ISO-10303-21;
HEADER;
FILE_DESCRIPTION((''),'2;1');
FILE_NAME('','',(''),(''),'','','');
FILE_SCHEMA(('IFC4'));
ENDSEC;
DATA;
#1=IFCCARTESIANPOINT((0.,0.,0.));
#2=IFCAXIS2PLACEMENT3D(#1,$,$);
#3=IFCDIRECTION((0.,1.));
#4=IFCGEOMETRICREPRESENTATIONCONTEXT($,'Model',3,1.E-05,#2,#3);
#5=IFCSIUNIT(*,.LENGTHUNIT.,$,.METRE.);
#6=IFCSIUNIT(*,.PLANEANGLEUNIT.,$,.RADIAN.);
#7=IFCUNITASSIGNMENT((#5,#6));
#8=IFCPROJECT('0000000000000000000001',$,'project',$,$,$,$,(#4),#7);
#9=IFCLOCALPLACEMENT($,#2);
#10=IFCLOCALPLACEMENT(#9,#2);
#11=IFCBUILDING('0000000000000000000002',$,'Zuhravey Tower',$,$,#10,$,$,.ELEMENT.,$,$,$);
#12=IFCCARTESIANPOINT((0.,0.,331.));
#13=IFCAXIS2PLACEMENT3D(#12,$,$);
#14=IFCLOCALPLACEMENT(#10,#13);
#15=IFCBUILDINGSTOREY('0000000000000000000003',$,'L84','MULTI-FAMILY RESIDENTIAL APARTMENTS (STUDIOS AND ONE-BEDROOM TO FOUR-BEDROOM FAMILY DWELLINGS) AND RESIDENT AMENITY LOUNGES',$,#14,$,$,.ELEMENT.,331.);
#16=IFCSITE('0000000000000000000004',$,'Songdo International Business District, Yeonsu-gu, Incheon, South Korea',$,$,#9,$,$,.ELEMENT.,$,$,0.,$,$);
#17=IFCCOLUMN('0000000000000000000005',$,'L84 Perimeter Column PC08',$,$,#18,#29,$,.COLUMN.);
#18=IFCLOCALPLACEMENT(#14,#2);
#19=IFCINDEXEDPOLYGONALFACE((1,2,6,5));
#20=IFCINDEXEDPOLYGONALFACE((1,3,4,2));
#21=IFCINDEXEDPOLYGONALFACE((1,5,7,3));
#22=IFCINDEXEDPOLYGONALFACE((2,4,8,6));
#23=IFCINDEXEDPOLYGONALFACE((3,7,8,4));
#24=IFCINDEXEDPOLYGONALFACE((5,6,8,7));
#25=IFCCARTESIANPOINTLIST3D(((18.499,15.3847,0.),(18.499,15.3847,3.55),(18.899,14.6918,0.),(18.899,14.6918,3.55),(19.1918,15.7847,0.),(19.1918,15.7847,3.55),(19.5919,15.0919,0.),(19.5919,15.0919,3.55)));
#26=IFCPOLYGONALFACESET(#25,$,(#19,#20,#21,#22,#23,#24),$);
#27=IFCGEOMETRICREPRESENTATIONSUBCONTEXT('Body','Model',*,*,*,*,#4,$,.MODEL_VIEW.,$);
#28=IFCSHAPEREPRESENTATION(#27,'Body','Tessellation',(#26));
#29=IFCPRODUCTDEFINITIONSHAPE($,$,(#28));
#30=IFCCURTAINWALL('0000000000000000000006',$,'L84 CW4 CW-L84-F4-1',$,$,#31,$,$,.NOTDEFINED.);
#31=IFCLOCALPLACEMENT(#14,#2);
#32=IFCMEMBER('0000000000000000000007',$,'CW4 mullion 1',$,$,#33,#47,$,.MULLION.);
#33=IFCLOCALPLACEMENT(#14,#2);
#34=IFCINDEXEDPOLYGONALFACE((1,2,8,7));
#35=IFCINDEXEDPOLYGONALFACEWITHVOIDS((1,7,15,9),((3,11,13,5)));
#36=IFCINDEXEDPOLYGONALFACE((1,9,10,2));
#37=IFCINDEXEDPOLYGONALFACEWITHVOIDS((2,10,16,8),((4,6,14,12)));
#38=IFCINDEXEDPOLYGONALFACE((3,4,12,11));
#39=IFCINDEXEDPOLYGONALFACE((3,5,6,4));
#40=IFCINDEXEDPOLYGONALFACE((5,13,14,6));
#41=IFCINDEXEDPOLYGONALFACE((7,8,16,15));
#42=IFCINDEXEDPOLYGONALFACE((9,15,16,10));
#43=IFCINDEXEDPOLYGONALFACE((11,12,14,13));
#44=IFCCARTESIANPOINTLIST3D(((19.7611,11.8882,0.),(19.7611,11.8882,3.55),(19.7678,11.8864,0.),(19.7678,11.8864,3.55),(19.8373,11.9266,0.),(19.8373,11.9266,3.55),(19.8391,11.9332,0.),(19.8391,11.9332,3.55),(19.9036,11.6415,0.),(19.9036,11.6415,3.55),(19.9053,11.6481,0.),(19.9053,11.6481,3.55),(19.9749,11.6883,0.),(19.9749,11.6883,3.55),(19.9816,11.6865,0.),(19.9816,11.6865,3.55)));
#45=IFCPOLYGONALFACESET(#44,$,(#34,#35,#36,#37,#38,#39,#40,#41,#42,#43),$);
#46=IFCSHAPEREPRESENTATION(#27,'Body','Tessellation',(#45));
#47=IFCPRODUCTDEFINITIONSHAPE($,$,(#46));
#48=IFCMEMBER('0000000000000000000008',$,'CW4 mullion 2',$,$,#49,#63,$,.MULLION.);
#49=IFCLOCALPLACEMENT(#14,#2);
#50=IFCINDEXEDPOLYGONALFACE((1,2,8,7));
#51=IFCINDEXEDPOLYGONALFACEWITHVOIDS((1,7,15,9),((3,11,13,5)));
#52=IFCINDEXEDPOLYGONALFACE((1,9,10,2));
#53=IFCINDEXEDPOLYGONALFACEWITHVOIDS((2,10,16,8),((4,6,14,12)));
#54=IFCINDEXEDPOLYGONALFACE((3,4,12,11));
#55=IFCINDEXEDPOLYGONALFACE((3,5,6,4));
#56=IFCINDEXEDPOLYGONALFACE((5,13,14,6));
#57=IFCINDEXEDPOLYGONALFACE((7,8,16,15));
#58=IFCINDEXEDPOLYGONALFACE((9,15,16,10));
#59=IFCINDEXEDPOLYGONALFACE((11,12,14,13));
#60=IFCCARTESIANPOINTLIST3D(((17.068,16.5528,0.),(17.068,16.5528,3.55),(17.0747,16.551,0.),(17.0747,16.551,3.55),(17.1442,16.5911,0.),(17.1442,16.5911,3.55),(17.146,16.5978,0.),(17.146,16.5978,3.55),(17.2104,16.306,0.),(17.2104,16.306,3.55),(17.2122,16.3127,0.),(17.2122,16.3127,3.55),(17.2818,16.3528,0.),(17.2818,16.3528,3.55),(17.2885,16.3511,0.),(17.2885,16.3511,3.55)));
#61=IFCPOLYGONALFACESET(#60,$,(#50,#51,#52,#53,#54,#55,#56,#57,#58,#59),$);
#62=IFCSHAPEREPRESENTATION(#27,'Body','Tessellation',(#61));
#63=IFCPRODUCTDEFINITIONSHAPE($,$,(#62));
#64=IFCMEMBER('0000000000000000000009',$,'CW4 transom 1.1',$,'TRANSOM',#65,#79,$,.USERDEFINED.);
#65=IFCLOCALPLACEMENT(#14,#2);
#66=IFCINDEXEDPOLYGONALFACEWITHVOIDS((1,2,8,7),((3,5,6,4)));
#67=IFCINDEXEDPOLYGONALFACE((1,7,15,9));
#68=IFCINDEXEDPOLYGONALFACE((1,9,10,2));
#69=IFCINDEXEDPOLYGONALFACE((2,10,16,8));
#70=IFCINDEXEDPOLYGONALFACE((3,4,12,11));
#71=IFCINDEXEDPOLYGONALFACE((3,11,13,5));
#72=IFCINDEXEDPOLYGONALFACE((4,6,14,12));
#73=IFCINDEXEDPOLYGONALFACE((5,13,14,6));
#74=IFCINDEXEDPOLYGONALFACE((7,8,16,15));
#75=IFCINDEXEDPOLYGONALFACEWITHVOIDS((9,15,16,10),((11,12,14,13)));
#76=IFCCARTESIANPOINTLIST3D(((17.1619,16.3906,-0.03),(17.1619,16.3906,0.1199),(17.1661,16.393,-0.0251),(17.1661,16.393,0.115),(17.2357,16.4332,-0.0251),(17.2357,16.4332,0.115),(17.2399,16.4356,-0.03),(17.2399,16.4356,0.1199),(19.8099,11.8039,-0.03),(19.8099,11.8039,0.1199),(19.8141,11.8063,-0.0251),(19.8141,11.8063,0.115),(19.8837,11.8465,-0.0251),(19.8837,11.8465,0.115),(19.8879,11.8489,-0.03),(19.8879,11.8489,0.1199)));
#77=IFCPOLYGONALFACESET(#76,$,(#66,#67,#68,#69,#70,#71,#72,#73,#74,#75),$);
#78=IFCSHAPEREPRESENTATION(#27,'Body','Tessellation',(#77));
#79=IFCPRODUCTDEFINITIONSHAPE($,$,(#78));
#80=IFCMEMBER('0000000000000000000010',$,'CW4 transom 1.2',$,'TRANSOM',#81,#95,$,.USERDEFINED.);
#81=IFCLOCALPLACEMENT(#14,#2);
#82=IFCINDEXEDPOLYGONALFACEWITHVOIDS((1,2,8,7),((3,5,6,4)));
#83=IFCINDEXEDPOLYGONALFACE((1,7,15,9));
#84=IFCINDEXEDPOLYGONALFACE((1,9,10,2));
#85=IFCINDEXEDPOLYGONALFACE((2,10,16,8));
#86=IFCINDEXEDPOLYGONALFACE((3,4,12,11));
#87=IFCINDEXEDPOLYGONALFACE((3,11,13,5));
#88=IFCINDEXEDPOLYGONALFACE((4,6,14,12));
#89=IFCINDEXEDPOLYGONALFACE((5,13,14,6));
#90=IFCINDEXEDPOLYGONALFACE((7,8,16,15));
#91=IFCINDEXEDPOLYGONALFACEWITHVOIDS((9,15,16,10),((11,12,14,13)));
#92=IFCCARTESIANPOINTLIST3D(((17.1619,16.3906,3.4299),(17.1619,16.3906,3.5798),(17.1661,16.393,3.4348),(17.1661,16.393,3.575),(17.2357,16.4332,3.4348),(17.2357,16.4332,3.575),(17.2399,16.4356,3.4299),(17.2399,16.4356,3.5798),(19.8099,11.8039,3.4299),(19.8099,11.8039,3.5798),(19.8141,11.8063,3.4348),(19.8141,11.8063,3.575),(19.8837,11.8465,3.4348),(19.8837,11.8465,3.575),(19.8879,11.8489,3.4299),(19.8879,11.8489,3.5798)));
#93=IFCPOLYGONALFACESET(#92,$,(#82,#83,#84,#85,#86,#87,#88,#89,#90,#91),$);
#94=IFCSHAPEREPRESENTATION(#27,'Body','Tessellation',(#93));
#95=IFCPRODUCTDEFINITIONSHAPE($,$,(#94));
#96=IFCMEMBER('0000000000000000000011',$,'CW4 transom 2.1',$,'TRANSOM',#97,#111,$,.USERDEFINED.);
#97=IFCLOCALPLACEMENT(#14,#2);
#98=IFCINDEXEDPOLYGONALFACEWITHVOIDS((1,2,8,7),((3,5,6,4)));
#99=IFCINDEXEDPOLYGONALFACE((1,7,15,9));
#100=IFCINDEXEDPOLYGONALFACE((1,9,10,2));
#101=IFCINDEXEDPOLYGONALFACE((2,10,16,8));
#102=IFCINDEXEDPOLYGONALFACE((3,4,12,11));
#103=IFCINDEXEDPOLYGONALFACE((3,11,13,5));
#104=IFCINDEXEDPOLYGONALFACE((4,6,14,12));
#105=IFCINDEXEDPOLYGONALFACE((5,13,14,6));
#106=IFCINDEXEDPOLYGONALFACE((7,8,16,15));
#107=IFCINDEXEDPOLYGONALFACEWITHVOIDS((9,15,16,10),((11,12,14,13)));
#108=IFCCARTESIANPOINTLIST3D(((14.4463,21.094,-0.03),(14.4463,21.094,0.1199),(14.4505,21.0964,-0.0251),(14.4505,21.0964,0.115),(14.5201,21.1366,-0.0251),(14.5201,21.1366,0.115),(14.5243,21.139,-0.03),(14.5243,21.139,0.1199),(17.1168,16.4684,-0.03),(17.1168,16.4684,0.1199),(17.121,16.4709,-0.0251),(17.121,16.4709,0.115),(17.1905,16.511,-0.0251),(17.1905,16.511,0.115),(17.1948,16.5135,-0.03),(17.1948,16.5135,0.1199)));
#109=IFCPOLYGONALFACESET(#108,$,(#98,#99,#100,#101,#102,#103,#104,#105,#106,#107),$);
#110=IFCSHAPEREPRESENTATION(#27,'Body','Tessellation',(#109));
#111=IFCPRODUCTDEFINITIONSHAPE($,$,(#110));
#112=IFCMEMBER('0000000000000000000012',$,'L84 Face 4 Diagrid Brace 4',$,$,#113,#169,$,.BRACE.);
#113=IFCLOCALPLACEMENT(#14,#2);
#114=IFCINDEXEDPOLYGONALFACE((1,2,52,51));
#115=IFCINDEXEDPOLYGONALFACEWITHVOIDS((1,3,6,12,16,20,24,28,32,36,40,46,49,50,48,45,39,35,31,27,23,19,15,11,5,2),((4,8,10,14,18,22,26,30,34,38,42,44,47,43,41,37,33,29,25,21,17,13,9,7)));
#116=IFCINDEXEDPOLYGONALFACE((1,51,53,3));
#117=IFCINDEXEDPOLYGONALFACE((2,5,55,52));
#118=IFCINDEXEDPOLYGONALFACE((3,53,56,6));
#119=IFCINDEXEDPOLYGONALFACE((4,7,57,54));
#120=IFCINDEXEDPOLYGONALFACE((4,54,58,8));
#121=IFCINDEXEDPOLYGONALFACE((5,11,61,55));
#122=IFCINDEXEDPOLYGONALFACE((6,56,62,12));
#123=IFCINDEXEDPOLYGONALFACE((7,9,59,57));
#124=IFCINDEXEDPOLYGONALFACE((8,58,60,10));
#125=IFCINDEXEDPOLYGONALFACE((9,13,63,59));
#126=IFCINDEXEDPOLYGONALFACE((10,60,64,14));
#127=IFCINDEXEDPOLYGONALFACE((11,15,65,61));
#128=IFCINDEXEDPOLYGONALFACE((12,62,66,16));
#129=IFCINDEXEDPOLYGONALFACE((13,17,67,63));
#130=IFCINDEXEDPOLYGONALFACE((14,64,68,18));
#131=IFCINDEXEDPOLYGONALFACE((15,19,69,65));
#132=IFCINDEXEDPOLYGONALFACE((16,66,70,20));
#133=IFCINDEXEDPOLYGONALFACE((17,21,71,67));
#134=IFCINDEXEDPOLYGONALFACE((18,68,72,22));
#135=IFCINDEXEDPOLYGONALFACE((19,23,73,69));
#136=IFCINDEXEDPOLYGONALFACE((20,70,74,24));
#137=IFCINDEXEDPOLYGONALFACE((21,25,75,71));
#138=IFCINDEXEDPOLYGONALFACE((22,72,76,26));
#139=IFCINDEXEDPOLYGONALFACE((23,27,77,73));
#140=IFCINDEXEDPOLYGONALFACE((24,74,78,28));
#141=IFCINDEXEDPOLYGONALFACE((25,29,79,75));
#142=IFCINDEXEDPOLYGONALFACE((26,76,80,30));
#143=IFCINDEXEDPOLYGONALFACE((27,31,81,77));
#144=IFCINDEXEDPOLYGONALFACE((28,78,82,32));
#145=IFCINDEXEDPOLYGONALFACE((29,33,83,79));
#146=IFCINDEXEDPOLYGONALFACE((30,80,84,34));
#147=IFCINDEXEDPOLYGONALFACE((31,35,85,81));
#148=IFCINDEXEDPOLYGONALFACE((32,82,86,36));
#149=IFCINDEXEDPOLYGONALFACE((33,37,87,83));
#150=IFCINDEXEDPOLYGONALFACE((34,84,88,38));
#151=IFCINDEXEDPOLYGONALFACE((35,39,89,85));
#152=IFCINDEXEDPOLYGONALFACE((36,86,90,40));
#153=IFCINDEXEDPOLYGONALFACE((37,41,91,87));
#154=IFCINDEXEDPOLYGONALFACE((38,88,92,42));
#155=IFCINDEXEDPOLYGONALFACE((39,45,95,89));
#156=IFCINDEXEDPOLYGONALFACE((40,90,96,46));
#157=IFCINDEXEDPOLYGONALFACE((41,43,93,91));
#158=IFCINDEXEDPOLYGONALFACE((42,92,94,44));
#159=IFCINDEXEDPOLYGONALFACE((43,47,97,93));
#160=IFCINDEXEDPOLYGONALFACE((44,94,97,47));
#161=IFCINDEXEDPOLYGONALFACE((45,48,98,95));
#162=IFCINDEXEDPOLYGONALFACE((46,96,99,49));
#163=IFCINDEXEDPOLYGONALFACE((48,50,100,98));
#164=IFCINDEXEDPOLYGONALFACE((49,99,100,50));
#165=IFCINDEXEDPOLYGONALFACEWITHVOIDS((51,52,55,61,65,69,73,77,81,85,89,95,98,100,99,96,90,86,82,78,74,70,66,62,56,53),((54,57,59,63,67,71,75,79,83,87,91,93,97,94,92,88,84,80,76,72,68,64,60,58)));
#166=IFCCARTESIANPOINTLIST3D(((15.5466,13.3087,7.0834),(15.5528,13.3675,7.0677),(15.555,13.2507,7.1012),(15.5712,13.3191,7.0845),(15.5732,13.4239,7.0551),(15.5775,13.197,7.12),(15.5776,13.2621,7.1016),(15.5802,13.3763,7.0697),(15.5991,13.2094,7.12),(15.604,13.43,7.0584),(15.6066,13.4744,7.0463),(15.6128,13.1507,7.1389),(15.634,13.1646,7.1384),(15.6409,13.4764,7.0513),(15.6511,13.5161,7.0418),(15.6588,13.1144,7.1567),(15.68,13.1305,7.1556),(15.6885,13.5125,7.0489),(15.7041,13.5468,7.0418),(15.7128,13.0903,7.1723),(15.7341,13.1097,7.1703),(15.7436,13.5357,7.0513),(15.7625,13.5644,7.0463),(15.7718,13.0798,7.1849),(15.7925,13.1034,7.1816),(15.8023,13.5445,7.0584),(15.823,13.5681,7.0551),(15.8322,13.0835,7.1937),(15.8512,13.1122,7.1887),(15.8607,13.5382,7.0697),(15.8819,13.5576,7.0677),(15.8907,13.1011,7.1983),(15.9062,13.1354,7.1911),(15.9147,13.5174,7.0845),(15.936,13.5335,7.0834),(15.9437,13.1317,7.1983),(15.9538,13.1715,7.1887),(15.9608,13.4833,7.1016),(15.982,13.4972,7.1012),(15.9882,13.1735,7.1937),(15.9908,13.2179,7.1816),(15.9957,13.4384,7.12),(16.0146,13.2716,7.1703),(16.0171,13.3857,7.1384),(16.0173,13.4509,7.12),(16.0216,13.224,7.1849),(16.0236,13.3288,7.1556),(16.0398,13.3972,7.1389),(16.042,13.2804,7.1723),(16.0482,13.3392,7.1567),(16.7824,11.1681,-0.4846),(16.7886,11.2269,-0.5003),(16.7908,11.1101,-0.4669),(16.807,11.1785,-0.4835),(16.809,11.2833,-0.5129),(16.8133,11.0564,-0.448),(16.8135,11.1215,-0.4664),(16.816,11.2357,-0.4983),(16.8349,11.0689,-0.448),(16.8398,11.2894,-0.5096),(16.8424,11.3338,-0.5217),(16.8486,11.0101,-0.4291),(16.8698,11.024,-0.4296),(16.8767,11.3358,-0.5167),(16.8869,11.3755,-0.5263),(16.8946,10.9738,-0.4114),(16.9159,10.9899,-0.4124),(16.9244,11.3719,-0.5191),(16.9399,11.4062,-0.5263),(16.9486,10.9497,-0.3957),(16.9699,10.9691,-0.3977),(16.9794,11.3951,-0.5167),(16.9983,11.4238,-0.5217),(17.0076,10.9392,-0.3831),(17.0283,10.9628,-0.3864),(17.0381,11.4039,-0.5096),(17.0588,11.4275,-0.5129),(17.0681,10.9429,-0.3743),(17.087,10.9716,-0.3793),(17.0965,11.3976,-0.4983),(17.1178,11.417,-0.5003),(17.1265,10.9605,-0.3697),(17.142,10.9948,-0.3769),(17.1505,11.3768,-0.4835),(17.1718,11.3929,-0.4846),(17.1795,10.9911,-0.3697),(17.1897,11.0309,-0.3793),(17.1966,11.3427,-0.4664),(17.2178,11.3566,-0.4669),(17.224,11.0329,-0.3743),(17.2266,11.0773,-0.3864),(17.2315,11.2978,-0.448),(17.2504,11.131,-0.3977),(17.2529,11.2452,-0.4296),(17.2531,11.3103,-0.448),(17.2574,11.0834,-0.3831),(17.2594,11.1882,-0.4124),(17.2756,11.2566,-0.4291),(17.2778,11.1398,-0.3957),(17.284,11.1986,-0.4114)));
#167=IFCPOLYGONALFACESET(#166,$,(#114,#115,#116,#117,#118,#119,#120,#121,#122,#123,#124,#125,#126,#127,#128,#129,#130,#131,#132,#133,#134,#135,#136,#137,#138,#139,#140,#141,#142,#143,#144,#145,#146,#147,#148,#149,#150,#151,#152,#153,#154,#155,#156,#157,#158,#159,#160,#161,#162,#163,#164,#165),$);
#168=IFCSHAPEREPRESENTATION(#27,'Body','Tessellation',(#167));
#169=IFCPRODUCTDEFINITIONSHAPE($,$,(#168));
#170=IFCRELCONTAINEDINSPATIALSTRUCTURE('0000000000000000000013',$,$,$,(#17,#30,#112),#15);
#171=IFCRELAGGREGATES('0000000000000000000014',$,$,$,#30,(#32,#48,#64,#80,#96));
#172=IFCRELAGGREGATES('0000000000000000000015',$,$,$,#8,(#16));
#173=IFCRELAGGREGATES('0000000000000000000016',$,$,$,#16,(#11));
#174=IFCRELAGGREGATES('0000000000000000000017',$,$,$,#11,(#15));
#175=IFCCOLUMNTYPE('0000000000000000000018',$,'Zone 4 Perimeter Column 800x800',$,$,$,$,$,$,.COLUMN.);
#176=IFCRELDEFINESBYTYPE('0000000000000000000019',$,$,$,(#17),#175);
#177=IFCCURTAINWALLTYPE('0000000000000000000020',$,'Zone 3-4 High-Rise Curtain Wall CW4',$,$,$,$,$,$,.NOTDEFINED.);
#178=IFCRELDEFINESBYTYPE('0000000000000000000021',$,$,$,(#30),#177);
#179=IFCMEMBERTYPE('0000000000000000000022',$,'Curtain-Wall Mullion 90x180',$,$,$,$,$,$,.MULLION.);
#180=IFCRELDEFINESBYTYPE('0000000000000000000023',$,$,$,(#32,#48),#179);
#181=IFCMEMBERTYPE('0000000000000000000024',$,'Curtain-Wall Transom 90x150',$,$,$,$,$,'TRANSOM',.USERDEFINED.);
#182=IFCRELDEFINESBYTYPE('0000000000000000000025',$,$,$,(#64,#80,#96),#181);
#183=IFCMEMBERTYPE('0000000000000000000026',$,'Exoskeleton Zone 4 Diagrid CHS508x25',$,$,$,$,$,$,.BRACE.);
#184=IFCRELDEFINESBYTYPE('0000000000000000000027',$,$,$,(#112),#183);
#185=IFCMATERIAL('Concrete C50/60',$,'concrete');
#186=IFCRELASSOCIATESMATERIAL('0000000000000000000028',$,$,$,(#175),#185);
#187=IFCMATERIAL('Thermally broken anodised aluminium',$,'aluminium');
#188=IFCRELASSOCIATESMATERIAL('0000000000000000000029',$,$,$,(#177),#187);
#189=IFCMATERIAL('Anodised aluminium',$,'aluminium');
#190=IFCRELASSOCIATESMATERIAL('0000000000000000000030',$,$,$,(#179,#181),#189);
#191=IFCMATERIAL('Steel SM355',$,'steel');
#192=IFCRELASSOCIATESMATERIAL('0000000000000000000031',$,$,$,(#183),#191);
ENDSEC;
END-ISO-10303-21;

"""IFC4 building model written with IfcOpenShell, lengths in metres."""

from ifc_helpers import new_model, si_unit, direction, frame, origin, origin_2d, place, context, subcontext, project, spatial, rectangle, hollow_rectangle, hollow_circle, extrude, material, material_profile, profile_set, type_object, element, aggregate, save


model = new_model("IFC4")

# Units and contexts
model_context = context("Model", 3, precision=1e-05, world=origin(), true_north=direction((0.0, 1.0)))
body_context = subcontext(model_context, "Body", "Model", "MODEL_VIEW")
ifc_project = project(units=[si_unit("LENGTHUNIT", "METRE"), si_unit("PLANEANGLEUNIT", "RADIAN")], contexts=[model_context])

# Site, building, storey
site_placement = place(None, origin())
site = spatial("IfcSite", under=ifc_project, at=site_placement, Name="Songdo International Business District, Yeonsu-gu, Incheon, South Korea", CompositionType="ELEMENT", RefElevation=0.0)
building_placement = place(site_placement, origin())
building = spatial("IfcBuilding", under=site, at=building_placement, Name="Zuhravey Tower", CompositionType="ELEMENT")
storey_placement = place(building_placement, frame((0.0, 0.0, 331.0)))
storey = spatial("IfcBuildingStorey", under=building, at=storey_placement, Name="L84", Description="MULTI-FAMILY RESIDENTIAL APARTMENTS (STUDIOS AND ONE-BEDROOM TO FOUR-BEDROOM FAMILY DWELLINGS) AND RESIDENT AMENITY LOUNGES", CompositionType="ELEMENT", Elevation=331.0)

# Column
ifc_material_1 = material(Name="Concrete C50/60", Category="concrete")
ifc_material_profile_1 = material_profile(ifc_material_1, rectangle(XDim=0.8, YDim=0.8, at=origin_2d()), Name="RC-800x800")
ifc_profile_set_1 = profile_set([ifc_material_profile_1], Name="Concrete C50/60")
column_type = type_object("IfcColumnType", Name="Zone 4 Perimeter Column 800x800", PredefinedType="COLUMN", material=ifc_profile_set_1)
column_placement = place(storey_placement, frame((19.0454, 15.2383, 0.0), z_axis=(0.0, 0.0, 1.0), x_axis=(0.5, -0.866025, 0.0)))
element("IfcColumn", 1, at=column_placement, inside=storey, type_object=column_type, Name="L84 Perimeter Column PC08", PredefinedType="COLUMN", context=body_context, shape_type="SweptSolid", body=[
    extrude(rectangle(XDim=0.8, YDim=0.8, at=origin_2d()), origin(), (0.0, 0.0, 1.0), 3.55),
])

# Curtain wall, members
ifc_material_2 = material(Name="Thermally broken anodised aluminium", Category="aluminium")
curtain_wall_type = type_object("IfcCurtainWallType", Name="Zone 3-4 High-Rise Curtain Wall CW4", PredefinedType="NOTDEFINED", material=ifc_material_2)
curtain_wall_placement = place(storey_placement, origin())
curtain_wall = element("IfcCurtainWall", 2, at=curtain_wall_placement, inside=storey, type_object=curtain_wall_type, Name="L84 CW4 CW-L84-F4-1", PredefinedType="NOTDEFINED")
ifc_material_3 = material(Name="Anodised aluminium", Category="aluminium")
ifc_material_profile_2 = material_profile(ifc_material_3, hollow_rectangle(XDim=0.0901, YDim=0.2849, WallThickness=0.0049, at=origin_2d()), Name="ALU-RHS-90x285x5")
ifc_profile_set_2 = profile_set([ifc_material_profile_2], Name="Anodised aluminium")
member_type_1 = type_object("IfcMemberType", Name="Curtain-Wall Mullion 90x180", PredefinedType="MULLION", material=ifc_profile_set_2)
member_1_placement = place(storey_placement, frame((19.8713, 11.7874, 0.0), z_axis=(0.0, 0.0, 1.0), x_axis=(-0.866025, -0.500001, 0.0)))
member_1 = element("IfcMember", 3, at=member_1_placement, type_object=member_type_1, Name="CW4 mullion 1", PredefinedType="MULLION", context=body_context, shape_type="SweptSolid", body=[
    extrude(hollow_rectangle(XDim=0.0901, YDim=0.2849, WallThickness=0.0049, at=origin_2d()), origin(), (0.0, 0.0, 1.0), 3.55),
])
member_2_placement = place(storey_placement, frame((17.1782, 16.4519, 0.0), z_axis=(0.0, 0.0, 1.0), x_axis=(-0.866025, -0.500001, 0.0)))
member_2 = element("IfcMember", 4, at=member_2_placement, type_object=member_type_1, Name="CW4 mullion 2", PredefinedType="MULLION", context=body_context, shape_type="SweptSolid", body=[
    extrude(hollow_rectangle(XDim=0.0901, YDim=0.2849, WallThickness=0.0049, at=origin_2d()), origin(), (0.0, 0.0, 1.0), 3.55),
])
ifc_material_profile_3 = material_profile(ifc_material_3, hollow_rectangle(XDim=0.0901, YDim=0.1499, WallThickness=0.0049, at=origin_2d()), Name="ALU-RHS-90x150x5")
ifc_profile_set_3 = profile_set([ifc_material_profile_3], Name="Anodised aluminium")
member_type_2 = type_object("IfcMemberType", Name="Curtain-Wall Transom 90x150", ElementType="TRANSOM", PredefinedType="USERDEFINED", material=ifc_profile_set_3)
member_3_placement = place(storey_placement, frame((19.8489, 11.8264, 0.0449), z_axis=(-0.499977, 0.866039, 0.0), x_axis=(-0.866039, -0.499977, 0.0)))
member_3 = element("IfcMember", 5, at=member_3_placement, type_object=member_type_2, Name="CW4 transom 1.1", ObjectType="TRANSOM", PredefinedType="USERDEFINED", context=body_context, shape_type="SweptSolid", body=[
    extrude(hollow_rectangle(XDim=0.0901, YDim=0.1499, WallThickness=0.0049, at=origin_2d()), origin(), (0.0, 0.0, 1.0), 5.2961),
])
member_4_placement = place(storey_placement, frame((19.8489, 11.8264, 3.5049), z_axis=(-0.499977, 0.866039, 0.0), x_axis=(-0.866039, -0.499977, 0.0)))
member_4 = element("IfcMember", 6, at=member_4_placement, type_object=member_type_2, Name="CW4 transom 1.2", ObjectType="TRANSOM", PredefinedType="USERDEFINED", context=body_context, shape_type="SweptSolid", body=[
    extrude(hollow_rectangle(XDim=0.0901, YDim=0.1499, WallThickness=0.0049, at=origin_2d()), origin(), (0.0, 0.0, 1.0), 5.2961),
])
member_5_placement = place(storey_placement, frame((17.1558, 16.491, 0.0449), z_axis=(-0.499984, 0.866035, 0.0), x_axis=(-0.866035, -0.499984, 0.0)))
member_5 = element("IfcMember", 7, at=member_5_placement, type_object=member_type_2, Name="CW4 transom 2.1", ObjectType="TRANSOM", PredefinedType="USERDEFINED", context=body_context, shape_type="SweptSolid", body=[
    extrude(hollow_rectangle(XDim=0.0901, YDim=0.1499, WallThickness=0.0049, at=origin_2d()), origin(), (0.0, 0.0, 1.0), 5.3411),
])

# Member
ifc_material_4 = material(Name="Steel SM355", Category="steel")
ifc_material_profile_4 = material_profile(ifc_material_4, hollow_circle(Radius=0.2539, WallThickness=0.0249, at=origin_2d()), Name="CHS-508.0x25")
ifc_profile_set_4 = profile_set([ifc_material_profile_4], Name="Steel SM355")
member_type_3 = type_object("IfcMemberType", Name="Exoskeleton Zone 4 Diagrid CHS508x25", PredefinedType="BRACE", material=ifc_profile_set_4)
member_6_placement = place(storey_placement, frame((17.0332, 11.1833, -0.448), z_axis=(-0.155226, 0.268871, 0.950586), x_axis=(-0.866034, -0.499985, 0.0)))
element("IfcMember", 8, at=member_6_placement, inside=storey, type_object=member_type_3, Name="L84 Face 4 Diagrid Brace 4", PredefinedType="BRACE", context=body_context, shape_type="SweptSolid", body=[
    extrude(hollow_circle(Radius=0.2539, WallThickness=0.0249, at=origin_2d()), origin(), (0.0, 0.0, 1.0), 7.9614),
])

aggregate(curtain_wall, [member_1, member_2, member_3, member_4, member_5])

save(model, "model.ifc")
